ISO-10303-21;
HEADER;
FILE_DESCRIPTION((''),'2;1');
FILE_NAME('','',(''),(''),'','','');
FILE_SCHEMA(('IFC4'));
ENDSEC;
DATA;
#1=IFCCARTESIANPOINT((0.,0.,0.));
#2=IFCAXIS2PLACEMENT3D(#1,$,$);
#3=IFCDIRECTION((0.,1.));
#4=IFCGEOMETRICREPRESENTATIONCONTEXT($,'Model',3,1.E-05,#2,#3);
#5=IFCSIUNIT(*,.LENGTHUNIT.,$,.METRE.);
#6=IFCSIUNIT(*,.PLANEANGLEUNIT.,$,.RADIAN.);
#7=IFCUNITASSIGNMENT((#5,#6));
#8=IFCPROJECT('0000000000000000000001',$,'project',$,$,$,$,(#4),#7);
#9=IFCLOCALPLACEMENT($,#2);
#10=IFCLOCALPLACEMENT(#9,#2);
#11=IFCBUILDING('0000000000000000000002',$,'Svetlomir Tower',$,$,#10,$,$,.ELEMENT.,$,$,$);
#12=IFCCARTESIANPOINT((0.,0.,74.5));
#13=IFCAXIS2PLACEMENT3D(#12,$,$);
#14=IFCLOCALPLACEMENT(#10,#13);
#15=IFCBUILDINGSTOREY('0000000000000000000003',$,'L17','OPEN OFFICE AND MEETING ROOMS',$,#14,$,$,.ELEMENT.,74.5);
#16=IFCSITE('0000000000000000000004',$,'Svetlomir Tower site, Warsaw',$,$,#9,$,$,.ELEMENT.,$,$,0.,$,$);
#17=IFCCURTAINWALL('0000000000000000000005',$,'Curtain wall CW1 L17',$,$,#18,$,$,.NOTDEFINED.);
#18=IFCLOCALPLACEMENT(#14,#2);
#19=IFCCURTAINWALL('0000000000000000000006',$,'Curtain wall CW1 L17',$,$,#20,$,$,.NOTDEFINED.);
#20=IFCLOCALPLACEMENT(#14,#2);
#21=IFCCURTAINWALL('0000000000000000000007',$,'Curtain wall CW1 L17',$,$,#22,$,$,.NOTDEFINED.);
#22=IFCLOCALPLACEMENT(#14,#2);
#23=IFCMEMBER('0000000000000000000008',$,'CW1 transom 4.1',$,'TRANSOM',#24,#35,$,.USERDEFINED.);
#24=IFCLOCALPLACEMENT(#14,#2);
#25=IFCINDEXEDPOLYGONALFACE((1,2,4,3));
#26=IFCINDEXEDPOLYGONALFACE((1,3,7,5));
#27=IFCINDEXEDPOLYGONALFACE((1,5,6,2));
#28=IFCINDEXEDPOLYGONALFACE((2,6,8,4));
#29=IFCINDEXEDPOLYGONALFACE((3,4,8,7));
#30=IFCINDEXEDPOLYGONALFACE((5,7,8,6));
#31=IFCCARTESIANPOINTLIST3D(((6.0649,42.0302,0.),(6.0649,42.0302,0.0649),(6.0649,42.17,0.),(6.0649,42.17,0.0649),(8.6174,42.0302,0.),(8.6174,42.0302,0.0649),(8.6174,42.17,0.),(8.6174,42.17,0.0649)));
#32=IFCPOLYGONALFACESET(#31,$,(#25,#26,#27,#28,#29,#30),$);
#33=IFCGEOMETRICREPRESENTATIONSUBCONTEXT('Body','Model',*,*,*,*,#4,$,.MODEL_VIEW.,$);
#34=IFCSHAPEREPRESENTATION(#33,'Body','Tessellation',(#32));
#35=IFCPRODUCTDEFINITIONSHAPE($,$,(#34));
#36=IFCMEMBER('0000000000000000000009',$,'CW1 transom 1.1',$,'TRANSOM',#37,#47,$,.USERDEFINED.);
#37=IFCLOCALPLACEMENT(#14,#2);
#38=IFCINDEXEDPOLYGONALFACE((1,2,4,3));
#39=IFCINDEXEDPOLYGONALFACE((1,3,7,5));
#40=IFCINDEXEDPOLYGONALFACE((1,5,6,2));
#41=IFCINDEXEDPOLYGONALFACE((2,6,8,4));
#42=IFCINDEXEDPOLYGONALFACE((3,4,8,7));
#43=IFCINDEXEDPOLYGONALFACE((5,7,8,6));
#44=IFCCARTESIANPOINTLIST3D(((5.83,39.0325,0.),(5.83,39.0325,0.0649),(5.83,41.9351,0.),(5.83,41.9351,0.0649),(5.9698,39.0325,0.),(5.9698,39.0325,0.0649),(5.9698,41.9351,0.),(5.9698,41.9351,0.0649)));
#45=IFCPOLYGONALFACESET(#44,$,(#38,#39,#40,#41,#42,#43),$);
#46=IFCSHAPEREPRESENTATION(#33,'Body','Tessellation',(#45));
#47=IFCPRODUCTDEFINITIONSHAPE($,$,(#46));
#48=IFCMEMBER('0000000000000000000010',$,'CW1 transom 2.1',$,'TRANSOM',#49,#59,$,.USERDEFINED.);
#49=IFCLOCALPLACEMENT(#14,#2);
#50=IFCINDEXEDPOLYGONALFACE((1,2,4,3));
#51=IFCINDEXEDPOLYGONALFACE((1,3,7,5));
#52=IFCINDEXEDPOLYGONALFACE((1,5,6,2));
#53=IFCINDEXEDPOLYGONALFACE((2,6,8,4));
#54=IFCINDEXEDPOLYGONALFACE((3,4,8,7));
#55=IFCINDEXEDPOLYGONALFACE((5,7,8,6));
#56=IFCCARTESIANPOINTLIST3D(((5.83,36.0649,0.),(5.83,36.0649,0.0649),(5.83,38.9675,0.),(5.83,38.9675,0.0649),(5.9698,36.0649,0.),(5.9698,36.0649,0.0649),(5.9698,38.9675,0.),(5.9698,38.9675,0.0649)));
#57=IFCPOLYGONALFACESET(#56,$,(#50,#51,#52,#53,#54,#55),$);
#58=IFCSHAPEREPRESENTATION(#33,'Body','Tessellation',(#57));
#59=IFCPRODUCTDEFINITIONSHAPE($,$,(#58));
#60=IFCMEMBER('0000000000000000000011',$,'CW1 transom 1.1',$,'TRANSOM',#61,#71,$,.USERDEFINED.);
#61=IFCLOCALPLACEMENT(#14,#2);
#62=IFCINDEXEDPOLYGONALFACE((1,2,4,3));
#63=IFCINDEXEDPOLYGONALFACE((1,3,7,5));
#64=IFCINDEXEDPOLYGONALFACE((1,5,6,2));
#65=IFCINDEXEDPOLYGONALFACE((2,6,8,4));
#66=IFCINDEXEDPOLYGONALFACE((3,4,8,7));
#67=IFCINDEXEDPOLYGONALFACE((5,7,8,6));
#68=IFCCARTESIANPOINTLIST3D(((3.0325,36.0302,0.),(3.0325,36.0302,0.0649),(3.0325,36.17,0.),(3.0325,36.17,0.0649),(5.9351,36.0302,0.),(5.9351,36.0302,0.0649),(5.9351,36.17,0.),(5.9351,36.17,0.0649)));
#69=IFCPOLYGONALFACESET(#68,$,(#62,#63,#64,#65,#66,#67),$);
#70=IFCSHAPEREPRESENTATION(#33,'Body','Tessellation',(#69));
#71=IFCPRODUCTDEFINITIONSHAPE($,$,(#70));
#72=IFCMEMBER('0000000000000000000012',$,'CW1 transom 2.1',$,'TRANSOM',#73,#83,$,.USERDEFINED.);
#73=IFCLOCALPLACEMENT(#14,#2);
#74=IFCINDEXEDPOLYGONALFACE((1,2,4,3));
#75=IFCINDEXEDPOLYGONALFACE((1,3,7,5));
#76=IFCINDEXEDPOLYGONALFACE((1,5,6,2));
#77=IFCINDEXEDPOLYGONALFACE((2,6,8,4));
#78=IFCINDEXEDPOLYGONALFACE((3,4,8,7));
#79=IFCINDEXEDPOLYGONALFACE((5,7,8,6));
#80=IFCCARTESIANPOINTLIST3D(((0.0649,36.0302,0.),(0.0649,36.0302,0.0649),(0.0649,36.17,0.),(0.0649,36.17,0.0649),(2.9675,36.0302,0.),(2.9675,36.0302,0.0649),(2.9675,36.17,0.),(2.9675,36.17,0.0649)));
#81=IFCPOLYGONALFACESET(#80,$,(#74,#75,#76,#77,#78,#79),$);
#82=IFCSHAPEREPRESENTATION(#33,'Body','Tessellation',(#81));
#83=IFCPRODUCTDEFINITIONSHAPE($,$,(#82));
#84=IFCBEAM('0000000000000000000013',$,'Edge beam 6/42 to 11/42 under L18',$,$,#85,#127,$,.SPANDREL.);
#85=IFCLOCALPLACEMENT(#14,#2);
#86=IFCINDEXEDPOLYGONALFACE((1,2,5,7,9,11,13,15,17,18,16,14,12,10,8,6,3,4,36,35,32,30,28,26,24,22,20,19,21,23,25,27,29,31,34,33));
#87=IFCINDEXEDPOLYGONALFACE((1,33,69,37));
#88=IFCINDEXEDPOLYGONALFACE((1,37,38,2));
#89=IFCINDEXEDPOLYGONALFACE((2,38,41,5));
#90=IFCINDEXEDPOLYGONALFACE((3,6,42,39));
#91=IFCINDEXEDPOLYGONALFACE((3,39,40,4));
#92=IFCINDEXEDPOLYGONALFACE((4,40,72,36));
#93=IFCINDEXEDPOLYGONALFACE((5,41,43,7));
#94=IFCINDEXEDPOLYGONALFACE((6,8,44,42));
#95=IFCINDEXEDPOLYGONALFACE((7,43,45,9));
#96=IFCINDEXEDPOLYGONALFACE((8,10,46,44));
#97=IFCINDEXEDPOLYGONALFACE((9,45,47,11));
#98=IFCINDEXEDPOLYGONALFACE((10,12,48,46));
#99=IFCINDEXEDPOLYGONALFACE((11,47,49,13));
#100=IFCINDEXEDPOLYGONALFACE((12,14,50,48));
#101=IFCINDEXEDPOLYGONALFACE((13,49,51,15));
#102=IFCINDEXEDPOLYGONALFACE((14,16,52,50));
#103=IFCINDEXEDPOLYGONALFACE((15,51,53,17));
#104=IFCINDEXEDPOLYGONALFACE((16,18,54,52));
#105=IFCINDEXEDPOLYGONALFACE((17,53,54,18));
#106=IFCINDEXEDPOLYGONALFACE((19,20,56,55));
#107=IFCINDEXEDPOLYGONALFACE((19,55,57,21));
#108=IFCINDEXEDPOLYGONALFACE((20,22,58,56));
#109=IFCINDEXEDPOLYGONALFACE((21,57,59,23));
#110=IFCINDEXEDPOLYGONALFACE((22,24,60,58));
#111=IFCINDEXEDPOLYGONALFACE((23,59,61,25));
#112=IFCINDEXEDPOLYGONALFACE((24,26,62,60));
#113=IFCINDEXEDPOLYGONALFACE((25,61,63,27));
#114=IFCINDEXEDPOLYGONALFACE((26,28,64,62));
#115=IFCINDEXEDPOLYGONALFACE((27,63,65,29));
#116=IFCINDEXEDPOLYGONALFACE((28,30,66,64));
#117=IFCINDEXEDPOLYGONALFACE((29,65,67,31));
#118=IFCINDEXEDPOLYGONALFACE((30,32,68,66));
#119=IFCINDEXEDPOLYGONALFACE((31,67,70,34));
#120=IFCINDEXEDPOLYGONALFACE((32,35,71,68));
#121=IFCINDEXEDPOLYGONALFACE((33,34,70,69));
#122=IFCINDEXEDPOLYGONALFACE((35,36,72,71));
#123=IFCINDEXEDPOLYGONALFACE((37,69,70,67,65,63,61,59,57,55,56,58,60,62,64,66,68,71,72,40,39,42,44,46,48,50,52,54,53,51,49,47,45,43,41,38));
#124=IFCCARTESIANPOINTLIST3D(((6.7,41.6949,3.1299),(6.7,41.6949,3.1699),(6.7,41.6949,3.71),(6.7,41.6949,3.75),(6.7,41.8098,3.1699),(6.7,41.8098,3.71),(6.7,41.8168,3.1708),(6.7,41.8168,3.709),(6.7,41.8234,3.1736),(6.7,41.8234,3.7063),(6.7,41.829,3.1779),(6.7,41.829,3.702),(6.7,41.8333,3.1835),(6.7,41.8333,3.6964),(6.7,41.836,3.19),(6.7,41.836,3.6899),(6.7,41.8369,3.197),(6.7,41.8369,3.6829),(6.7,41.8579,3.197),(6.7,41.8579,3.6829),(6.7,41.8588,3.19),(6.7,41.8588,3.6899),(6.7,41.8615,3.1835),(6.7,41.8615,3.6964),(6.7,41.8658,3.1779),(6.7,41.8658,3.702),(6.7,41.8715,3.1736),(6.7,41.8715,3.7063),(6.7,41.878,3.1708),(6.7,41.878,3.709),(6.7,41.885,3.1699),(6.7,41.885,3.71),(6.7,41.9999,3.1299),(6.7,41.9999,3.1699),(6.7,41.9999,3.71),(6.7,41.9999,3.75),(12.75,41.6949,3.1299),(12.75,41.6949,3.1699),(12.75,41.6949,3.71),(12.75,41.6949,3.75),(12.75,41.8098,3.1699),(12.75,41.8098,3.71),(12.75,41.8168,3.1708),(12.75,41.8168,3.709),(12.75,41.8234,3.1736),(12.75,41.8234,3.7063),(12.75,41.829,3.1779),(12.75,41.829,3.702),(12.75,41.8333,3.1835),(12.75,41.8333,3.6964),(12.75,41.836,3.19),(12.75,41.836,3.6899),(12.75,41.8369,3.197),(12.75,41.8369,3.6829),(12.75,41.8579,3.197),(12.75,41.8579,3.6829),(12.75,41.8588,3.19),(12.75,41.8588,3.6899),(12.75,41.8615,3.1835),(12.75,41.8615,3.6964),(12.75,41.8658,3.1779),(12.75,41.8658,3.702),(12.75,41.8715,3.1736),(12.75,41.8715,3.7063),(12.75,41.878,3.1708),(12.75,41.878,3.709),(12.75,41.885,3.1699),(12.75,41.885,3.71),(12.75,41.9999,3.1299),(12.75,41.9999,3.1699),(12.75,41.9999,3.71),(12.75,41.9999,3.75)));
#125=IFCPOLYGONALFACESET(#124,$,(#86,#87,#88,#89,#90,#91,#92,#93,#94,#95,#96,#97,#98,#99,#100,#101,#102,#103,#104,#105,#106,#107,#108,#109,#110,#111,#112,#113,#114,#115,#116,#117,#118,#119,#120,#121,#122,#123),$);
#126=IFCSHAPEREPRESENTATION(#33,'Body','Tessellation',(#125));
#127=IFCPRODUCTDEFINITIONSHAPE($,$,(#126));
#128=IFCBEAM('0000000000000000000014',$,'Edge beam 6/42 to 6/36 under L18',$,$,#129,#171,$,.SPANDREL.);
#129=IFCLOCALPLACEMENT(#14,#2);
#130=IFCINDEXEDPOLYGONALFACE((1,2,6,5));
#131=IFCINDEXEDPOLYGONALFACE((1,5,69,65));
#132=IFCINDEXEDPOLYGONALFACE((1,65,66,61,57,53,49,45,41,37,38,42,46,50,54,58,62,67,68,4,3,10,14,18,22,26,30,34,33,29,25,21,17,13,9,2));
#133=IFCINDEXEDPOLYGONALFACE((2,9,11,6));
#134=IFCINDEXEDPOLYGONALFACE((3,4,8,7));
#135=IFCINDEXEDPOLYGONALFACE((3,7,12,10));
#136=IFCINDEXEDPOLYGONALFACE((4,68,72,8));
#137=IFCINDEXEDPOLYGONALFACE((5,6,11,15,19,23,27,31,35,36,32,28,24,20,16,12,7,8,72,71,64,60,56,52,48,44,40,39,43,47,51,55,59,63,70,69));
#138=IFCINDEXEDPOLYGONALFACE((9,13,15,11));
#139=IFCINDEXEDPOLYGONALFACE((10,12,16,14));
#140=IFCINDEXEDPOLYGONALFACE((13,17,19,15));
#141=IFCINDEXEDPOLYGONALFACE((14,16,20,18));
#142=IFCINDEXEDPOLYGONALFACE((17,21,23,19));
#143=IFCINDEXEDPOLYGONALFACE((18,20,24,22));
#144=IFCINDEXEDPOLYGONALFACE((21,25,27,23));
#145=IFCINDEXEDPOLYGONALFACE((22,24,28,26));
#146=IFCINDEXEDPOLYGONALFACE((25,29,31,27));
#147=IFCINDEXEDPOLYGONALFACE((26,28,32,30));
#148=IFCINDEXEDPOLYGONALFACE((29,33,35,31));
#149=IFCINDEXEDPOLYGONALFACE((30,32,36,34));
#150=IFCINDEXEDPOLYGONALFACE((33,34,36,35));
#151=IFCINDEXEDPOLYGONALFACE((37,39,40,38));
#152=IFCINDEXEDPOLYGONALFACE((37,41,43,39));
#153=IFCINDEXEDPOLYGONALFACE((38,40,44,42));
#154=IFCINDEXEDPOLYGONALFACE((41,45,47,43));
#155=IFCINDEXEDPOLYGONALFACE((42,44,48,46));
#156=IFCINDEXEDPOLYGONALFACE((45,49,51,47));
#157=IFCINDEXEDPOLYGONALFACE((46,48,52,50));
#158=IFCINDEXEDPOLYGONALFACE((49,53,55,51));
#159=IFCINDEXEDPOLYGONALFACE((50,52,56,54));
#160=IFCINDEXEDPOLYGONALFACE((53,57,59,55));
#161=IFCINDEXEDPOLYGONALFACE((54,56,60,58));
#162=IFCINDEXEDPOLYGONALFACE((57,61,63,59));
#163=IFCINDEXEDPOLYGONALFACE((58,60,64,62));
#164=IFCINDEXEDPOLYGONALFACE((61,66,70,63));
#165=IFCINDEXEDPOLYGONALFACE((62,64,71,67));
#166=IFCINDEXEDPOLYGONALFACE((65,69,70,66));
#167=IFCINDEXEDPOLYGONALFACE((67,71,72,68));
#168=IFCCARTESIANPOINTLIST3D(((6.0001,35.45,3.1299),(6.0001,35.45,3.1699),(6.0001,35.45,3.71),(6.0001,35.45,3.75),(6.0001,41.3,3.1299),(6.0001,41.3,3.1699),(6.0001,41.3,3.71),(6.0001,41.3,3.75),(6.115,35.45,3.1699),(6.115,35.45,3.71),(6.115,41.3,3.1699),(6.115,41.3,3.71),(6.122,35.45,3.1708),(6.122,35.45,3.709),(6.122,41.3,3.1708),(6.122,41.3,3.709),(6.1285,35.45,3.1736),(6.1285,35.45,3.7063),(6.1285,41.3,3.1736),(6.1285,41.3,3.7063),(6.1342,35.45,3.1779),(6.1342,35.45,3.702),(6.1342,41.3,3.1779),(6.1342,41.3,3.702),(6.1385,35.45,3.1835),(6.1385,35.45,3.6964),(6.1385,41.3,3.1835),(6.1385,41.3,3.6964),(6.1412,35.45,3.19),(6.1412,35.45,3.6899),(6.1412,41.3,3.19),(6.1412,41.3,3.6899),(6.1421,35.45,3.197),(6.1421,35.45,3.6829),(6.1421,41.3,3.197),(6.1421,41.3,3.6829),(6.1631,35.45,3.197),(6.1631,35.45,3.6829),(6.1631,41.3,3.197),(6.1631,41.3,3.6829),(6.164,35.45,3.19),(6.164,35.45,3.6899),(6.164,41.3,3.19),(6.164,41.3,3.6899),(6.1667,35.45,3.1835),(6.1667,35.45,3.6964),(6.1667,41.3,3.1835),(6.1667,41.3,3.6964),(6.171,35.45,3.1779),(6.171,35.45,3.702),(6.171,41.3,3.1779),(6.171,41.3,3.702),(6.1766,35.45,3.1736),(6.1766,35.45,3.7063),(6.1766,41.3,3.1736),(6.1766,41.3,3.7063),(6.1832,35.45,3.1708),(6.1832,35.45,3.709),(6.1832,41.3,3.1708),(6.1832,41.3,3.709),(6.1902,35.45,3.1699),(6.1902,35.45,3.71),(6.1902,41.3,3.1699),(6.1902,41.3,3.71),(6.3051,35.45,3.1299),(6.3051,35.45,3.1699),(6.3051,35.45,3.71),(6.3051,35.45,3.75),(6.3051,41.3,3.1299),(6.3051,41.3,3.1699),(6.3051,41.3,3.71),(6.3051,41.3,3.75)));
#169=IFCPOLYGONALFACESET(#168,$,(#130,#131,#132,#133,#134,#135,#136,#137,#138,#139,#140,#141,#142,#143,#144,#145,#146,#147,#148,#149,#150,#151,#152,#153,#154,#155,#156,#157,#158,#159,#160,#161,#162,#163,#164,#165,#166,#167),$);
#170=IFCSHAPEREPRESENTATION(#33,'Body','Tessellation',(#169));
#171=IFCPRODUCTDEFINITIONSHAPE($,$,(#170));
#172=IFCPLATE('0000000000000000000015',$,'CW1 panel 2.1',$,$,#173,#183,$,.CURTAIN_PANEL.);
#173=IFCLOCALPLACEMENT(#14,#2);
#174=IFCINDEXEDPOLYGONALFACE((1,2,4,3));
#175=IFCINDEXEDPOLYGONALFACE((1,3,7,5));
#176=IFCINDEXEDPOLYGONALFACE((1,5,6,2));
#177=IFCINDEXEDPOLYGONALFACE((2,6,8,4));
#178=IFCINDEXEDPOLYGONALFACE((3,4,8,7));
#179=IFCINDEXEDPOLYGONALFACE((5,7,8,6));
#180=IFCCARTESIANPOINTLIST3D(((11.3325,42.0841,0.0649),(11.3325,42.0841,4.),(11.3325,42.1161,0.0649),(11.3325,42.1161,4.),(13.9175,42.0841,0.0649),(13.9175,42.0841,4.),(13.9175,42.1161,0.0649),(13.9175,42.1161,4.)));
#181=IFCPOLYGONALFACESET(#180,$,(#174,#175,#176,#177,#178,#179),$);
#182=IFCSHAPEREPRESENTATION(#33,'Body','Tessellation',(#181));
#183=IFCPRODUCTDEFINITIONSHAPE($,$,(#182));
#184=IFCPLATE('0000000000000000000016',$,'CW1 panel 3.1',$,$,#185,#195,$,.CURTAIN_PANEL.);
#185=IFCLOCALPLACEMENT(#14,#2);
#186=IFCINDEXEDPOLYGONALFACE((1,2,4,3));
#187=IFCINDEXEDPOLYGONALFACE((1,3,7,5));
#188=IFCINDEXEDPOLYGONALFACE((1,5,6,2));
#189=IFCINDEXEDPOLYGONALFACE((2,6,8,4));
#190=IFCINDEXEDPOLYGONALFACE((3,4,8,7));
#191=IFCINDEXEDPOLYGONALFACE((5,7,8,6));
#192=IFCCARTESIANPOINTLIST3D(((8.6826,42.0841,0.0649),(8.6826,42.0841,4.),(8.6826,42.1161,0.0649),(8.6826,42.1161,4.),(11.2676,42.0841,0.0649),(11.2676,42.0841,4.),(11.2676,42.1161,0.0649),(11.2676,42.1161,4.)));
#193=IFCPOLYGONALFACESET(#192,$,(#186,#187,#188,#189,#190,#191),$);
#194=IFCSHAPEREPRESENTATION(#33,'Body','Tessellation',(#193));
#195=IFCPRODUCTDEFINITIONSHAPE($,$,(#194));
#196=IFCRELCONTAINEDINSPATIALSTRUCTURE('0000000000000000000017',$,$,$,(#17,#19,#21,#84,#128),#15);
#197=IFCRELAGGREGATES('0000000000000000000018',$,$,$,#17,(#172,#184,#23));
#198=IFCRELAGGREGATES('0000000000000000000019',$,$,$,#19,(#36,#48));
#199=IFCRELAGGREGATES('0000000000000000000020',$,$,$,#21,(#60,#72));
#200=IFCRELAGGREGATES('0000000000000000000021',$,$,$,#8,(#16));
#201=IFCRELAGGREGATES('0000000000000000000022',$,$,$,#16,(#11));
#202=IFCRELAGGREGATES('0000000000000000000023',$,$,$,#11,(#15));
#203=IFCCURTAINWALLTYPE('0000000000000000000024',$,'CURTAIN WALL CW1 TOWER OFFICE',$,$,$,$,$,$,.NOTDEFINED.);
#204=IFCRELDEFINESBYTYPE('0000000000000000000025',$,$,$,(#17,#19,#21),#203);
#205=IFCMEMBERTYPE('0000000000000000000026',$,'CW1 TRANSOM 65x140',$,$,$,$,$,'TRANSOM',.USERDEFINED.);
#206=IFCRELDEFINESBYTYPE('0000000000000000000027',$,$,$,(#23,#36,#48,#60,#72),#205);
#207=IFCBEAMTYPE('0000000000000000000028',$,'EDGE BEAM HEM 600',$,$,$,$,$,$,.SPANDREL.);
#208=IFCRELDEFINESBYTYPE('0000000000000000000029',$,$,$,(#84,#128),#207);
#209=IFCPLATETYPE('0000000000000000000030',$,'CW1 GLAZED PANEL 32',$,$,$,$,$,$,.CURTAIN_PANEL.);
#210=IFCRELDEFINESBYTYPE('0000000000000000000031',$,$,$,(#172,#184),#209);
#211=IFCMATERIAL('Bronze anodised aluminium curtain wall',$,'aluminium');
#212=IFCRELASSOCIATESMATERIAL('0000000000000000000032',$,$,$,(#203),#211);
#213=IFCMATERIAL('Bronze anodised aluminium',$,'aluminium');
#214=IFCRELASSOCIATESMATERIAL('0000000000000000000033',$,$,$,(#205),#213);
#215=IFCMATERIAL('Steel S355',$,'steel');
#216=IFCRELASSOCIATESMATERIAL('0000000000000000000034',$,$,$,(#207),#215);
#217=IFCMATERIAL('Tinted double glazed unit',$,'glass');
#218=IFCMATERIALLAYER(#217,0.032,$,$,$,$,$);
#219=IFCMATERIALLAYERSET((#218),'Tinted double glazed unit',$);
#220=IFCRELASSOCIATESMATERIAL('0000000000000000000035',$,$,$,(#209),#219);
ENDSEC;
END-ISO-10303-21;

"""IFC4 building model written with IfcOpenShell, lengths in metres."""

from ifc_helpers import new_model, si_unit, direction, frame, origin, origin_2d, place, context, subcontext, project, spatial, rectangle, i_section, extrude, material, layer, layer_set, material_profile, profile_set, type_object, element, aggregate, save


model = new_model("IFC4")

# Units and contexts
model_context = context("Model", 3, precision=1e-05, world=origin(), true_north=direction((0.0, 1.0)))
body_context = subcontext(model_context, "Body", "Model", "MODEL_VIEW")
ifc_project = project(units=[si_unit("LENGTHUNIT", "METRE"), si_unit("PLANEANGLEUNIT", "RADIAN")], contexts=[model_context])

# Site, building, storey
site_placement = place(None, origin())
site = spatial("IfcSite", under=ifc_project, at=site_placement, Name="Svetlomir Tower site, Warsaw", CompositionType="ELEMENT", RefElevation=0.0)
building_placement = place(site_placement, origin())
building = spatial("IfcBuilding", under=site, at=building_placement, Name="Svetlomir Tower", CompositionType="ELEMENT")
storey_placement = place(building_placement, frame((0.0, 0.0, 74.5)))
storey = spatial("IfcBuildingStorey", under=building, at=storey_placement, Name="L17", Description="OPEN OFFICE AND MEETING ROOMS", CompositionType="ELEMENT", Elevation=74.5)

# Curtain walls
ifc_material_1 = material(Name="Bronze anodised aluminium curtain wall", Category="aluminium")
curtain_wall_type = type_object("IfcCurtainWallType", Name="CURTAIN WALL CW1 TOWER OFFICE", PredefinedType="NOTDEFINED", material=ifc_material_1)
curtain_wall_1_placement = place(storey_placement, origin())
curtain_wall_1 = element("IfcCurtainWall", 1, at=curtain_wall_1_placement, inside=storey, type_object=curtain_wall_type, Name="Curtain wall CW1 L17", PredefinedType="NOTDEFINED")
curtain_wall_2_placement = place(storey_placement, origin())
curtain_wall_2 = element("IfcCurtainWall", 2, at=curtain_wall_2_placement, inside=storey, type_object=curtain_wall_type, Name="Curtain wall CW1 L17", PredefinedType="NOTDEFINED")
curtain_wall_3_placement = place(storey_placement, origin())
curtain_wall_3 = element("IfcCurtainWall", 3, at=curtain_wall_3_placement, inside=storey, type_object=curtain_wall_type, Name="Curtain wall CW1 L17", PredefinedType="NOTDEFINED")

# Members
ifc_material_2 = material(Name="Bronze anodised aluminium", Category="aluminium")
ifc_material_profile_1 = material_profile(ifc_material_2, rectangle(XDim=0.1399, YDim=0.0649, at=origin_2d()), Name="AL 140x65")
ifc_profile_set_1 = profile_set([ifc_material_profile_1], Name="Bronze anodised aluminium 6063-T6")
member_type_1 = type_object("IfcMemberType", Name="CW1 TRANSOM 65x140", ElementType="TRANSOM", PredefinedType="USERDEFINED", material=ifc_profile_set_1)
member_1_placement = place(storey_placement, frame((8.6174, 42.1001, 0.0325), z_axis=(-1.0, 0.0, 0.0), x_axis=(0.0, -1.0, 0.0)))
member_1 = element("IfcMember", 4, at=member_1_placement, type_object=member_type_1, Name="CW1 transom 4.1", ObjectType="TRANSOM", PredefinedType="USERDEFINED", context=body_context, shape_type="SweptSolid", body=[
    extrude(rectangle(XDim=0.1399, YDim=0.0649, at=origin_2d()), origin(), (0.0, 0.0, 1.0), 2.5525),
])
member_2_placement = place(storey_placement, frame((5.8999, 41.9351, 0.0325), z_axis=(0.0, -1.0, 0.0), x_axis=(1.0, 0.0, 0.0)))
member_2 = element("IfcMember", 5, at=member_2_placement, type_object=member_type_1, Name="CW1 transom 1.1", ObjectType="TRANSOM", PredefinedType="USERDEFINED", context=body_context, shape_type="SweptSolid", body=[
    extrude(rectangle(XDim=0.1399, YDim=0.0649, at=origin_2d()), origin(), (0.0, 0.0, 1.0), 2.9026),
])
member_3_placement = place(storey_placement, frame((5.8999, 38.9675, 0.0325), z_axis=(0.0, -1.0, 0.0), x_axis=(1.0, 0.0, 0.0)))
member_3 = element("IfcMember", 6, at=member_3_placement, type_object=member_type_1, Name="CW1 transom 2.1", ObjectType="TRANSOM", PredefinedType="USERDEFINED", context=body_context, shape_type="SweptSolid", body=[
    extrude(rectangle(XDim=0.1399, YDim=0.0649, at=origin_2d()), origin(), (0.0, 0.0, 1.0), 2.9026),
])
member_4_placement = place(storey_placement, frame((5.9351, 36.1001, 0.0325), z_axis=(-1.0, 0.0, 0.0), x_axis=(0.0, -1.0, 0.0)))
member_4 = element("IfcMember", 7, at=member_4_placement, type_object=member_type_1, Name="CW1 transom 1.1", ObjectType="TRANSOM", PredefinedType="USERDEFINED", context=body_context, shape_type="SweptSolid", body=[
    extrude(rectangle(XDim=0.1399, YDim=0.0649, at=origin_2d()), origin(), (0.0, 0.0, 1.0), 2.9026),
])
member_5_placement = place(storey_placement, frame((2.9675, 36.1001, 0.0325), z_axis=(-1.0, 0.0, 0.0), x_axis=(0.0, -1.0, 0.0)))
member_5 = element("IfcMember", 8, at=member_5_placement, type_object=member_type_1, Name="CW1 transom 2.1", ObjectType="TRANSOM", PredefinedType="USERDEFINED", context=body_context, shape_type="SweptSolid", body=[
    extrude(rectangle(XDim=0.1399, YDim=0.0649, at=origin_2d()), origin(), (0.0, 0.0, 1.0), 2.9026),
])

# Beams
ifc_material_3 = material(Name="Steel S355", Category="steel")
ifc_material_profile_2 = material_profile(ifc_material_3, i_section(OverallWidth=0.3049, OverallDepth=0.6201, WebThickness=0.021, FlangeThickness=0.04, FilletRadius=0.0271, at=origin_2d()), Name="HEM 600")
ifc_profile_set_2 = profile_set([ifc_material_profile_2], Name="Steel S355")
beam_type = type_object("IfcBeamType", Name="EDGE BEAM HEM 600", PredefinedType="SPANDREL", material=ifc_profile_set_2)
beam_1_placement = place(storey_placement, frame((6.7, 41.8474, 3.4399), z_axis=(1.0, 0.0, 0.0), x_axis=(0.0, 1.0, 0.0)))
element("IfcBeam", 9, at=beam_1_placement, inside=storey, type_object=beam_type, Name="Edge beam 6/42 to 11/42 under L18", PredefinedType="SPANDREL", context=body_context, shape_type="SweptSolid", body=[
    extrude(i_section(OverallWidth=0.3049, OverallDepth=0.6201, WebThickness=0.021, FlangeThickness=0.04, FilletRadius=0.0271, at=origin_2d()), origin(), (0.0, 0.0, 1.0), 6.05),
])
beam_2_placement = place(storey_placement, frame((6.1526, 41.3, 3.4399), z_axis=(0.0, -1.0, 0.0), x_axis=(1.0, 0.0, 0.0)))
element("IfcBeam", 10, at=beam_2_placement, inside=storey, type_object=beam_type, Name="Edge beam 6/42 to 6/36 under L18", PredefinedType="SPANDREL", context=body_context, shape_type="SweptSolid", body=[
    extrude(i_section(OverallWidth=0.3049, OverallDepth=0.6201, WebThickness=0.021, FlangeThickness=0.04, FilletRadius=0.0271, at=origin_2d()), origin(), (0.0, 0.0, 1.0), 5.8501),
])

# Plates
ifc_material_4 = material(Name="Tinted double glazed unit", Category="glass")
ifc_layer_1 = layer(ifc_material_4, 0.032)
ifc_layer_set_1 = layer_set([ifc_layer_1], Name="Tinted double glazed unit")
plate_type = type_object("IfcPlateType", Name="CW1 GLAZED PANEL 32", PredefinedType="CURTAIN_PANEL", material=ifc_layer_set_1)
plate_1_placement = place(storey_placement, frame((12.625, 42.1001, 0.0649), z_axis=(0.0, 0.0, 1.0), x_axis=(-1.0, 0.0, 0.0)))
plate_1 = element("IfcPlate", 11, at=plate_1_placement, type_object=plate_type, Name="CW1 panel 2.1", PredefinedType="CURTAIN_PANEL", context=body_context, shape_type="SweptSolid", body=[
    extrude(rectangle(XDim=2.585, YDim=0.032, at=origin_2d()), origin(), (0.0, 0.0, 1.0), 3.9351),
])
plate_2_placement = place(storey_placement, frame((9.9751, 42.1001, 0.0649), z_axis=(0.0, 0.0, 1.0), x_axis=(-1.0, 0.0, 0.0)))
plate_2 = element("IfcPlate", 12, at=plate_2_placement, type_object=plate_type, Name="CW1 panel 3.1", PredefinedType="CURTAIN_PANEL", context=body_context, shape_type="SweptSolid", body=[
    extrude(rectangle(XDim=2.585, YDim=0.032, at=origin_2d()), origin(), (0.0, 0.0, 1.0), 3.9351),
])
aggregate(curtain_wall_1, [plate_1, plate_2, member_1])
aggregate(curtain_wall_2, [member_2, member_3])
aggregate(curtain_wall_3, [member_4, member_5])

save(model, "model.ifc")
